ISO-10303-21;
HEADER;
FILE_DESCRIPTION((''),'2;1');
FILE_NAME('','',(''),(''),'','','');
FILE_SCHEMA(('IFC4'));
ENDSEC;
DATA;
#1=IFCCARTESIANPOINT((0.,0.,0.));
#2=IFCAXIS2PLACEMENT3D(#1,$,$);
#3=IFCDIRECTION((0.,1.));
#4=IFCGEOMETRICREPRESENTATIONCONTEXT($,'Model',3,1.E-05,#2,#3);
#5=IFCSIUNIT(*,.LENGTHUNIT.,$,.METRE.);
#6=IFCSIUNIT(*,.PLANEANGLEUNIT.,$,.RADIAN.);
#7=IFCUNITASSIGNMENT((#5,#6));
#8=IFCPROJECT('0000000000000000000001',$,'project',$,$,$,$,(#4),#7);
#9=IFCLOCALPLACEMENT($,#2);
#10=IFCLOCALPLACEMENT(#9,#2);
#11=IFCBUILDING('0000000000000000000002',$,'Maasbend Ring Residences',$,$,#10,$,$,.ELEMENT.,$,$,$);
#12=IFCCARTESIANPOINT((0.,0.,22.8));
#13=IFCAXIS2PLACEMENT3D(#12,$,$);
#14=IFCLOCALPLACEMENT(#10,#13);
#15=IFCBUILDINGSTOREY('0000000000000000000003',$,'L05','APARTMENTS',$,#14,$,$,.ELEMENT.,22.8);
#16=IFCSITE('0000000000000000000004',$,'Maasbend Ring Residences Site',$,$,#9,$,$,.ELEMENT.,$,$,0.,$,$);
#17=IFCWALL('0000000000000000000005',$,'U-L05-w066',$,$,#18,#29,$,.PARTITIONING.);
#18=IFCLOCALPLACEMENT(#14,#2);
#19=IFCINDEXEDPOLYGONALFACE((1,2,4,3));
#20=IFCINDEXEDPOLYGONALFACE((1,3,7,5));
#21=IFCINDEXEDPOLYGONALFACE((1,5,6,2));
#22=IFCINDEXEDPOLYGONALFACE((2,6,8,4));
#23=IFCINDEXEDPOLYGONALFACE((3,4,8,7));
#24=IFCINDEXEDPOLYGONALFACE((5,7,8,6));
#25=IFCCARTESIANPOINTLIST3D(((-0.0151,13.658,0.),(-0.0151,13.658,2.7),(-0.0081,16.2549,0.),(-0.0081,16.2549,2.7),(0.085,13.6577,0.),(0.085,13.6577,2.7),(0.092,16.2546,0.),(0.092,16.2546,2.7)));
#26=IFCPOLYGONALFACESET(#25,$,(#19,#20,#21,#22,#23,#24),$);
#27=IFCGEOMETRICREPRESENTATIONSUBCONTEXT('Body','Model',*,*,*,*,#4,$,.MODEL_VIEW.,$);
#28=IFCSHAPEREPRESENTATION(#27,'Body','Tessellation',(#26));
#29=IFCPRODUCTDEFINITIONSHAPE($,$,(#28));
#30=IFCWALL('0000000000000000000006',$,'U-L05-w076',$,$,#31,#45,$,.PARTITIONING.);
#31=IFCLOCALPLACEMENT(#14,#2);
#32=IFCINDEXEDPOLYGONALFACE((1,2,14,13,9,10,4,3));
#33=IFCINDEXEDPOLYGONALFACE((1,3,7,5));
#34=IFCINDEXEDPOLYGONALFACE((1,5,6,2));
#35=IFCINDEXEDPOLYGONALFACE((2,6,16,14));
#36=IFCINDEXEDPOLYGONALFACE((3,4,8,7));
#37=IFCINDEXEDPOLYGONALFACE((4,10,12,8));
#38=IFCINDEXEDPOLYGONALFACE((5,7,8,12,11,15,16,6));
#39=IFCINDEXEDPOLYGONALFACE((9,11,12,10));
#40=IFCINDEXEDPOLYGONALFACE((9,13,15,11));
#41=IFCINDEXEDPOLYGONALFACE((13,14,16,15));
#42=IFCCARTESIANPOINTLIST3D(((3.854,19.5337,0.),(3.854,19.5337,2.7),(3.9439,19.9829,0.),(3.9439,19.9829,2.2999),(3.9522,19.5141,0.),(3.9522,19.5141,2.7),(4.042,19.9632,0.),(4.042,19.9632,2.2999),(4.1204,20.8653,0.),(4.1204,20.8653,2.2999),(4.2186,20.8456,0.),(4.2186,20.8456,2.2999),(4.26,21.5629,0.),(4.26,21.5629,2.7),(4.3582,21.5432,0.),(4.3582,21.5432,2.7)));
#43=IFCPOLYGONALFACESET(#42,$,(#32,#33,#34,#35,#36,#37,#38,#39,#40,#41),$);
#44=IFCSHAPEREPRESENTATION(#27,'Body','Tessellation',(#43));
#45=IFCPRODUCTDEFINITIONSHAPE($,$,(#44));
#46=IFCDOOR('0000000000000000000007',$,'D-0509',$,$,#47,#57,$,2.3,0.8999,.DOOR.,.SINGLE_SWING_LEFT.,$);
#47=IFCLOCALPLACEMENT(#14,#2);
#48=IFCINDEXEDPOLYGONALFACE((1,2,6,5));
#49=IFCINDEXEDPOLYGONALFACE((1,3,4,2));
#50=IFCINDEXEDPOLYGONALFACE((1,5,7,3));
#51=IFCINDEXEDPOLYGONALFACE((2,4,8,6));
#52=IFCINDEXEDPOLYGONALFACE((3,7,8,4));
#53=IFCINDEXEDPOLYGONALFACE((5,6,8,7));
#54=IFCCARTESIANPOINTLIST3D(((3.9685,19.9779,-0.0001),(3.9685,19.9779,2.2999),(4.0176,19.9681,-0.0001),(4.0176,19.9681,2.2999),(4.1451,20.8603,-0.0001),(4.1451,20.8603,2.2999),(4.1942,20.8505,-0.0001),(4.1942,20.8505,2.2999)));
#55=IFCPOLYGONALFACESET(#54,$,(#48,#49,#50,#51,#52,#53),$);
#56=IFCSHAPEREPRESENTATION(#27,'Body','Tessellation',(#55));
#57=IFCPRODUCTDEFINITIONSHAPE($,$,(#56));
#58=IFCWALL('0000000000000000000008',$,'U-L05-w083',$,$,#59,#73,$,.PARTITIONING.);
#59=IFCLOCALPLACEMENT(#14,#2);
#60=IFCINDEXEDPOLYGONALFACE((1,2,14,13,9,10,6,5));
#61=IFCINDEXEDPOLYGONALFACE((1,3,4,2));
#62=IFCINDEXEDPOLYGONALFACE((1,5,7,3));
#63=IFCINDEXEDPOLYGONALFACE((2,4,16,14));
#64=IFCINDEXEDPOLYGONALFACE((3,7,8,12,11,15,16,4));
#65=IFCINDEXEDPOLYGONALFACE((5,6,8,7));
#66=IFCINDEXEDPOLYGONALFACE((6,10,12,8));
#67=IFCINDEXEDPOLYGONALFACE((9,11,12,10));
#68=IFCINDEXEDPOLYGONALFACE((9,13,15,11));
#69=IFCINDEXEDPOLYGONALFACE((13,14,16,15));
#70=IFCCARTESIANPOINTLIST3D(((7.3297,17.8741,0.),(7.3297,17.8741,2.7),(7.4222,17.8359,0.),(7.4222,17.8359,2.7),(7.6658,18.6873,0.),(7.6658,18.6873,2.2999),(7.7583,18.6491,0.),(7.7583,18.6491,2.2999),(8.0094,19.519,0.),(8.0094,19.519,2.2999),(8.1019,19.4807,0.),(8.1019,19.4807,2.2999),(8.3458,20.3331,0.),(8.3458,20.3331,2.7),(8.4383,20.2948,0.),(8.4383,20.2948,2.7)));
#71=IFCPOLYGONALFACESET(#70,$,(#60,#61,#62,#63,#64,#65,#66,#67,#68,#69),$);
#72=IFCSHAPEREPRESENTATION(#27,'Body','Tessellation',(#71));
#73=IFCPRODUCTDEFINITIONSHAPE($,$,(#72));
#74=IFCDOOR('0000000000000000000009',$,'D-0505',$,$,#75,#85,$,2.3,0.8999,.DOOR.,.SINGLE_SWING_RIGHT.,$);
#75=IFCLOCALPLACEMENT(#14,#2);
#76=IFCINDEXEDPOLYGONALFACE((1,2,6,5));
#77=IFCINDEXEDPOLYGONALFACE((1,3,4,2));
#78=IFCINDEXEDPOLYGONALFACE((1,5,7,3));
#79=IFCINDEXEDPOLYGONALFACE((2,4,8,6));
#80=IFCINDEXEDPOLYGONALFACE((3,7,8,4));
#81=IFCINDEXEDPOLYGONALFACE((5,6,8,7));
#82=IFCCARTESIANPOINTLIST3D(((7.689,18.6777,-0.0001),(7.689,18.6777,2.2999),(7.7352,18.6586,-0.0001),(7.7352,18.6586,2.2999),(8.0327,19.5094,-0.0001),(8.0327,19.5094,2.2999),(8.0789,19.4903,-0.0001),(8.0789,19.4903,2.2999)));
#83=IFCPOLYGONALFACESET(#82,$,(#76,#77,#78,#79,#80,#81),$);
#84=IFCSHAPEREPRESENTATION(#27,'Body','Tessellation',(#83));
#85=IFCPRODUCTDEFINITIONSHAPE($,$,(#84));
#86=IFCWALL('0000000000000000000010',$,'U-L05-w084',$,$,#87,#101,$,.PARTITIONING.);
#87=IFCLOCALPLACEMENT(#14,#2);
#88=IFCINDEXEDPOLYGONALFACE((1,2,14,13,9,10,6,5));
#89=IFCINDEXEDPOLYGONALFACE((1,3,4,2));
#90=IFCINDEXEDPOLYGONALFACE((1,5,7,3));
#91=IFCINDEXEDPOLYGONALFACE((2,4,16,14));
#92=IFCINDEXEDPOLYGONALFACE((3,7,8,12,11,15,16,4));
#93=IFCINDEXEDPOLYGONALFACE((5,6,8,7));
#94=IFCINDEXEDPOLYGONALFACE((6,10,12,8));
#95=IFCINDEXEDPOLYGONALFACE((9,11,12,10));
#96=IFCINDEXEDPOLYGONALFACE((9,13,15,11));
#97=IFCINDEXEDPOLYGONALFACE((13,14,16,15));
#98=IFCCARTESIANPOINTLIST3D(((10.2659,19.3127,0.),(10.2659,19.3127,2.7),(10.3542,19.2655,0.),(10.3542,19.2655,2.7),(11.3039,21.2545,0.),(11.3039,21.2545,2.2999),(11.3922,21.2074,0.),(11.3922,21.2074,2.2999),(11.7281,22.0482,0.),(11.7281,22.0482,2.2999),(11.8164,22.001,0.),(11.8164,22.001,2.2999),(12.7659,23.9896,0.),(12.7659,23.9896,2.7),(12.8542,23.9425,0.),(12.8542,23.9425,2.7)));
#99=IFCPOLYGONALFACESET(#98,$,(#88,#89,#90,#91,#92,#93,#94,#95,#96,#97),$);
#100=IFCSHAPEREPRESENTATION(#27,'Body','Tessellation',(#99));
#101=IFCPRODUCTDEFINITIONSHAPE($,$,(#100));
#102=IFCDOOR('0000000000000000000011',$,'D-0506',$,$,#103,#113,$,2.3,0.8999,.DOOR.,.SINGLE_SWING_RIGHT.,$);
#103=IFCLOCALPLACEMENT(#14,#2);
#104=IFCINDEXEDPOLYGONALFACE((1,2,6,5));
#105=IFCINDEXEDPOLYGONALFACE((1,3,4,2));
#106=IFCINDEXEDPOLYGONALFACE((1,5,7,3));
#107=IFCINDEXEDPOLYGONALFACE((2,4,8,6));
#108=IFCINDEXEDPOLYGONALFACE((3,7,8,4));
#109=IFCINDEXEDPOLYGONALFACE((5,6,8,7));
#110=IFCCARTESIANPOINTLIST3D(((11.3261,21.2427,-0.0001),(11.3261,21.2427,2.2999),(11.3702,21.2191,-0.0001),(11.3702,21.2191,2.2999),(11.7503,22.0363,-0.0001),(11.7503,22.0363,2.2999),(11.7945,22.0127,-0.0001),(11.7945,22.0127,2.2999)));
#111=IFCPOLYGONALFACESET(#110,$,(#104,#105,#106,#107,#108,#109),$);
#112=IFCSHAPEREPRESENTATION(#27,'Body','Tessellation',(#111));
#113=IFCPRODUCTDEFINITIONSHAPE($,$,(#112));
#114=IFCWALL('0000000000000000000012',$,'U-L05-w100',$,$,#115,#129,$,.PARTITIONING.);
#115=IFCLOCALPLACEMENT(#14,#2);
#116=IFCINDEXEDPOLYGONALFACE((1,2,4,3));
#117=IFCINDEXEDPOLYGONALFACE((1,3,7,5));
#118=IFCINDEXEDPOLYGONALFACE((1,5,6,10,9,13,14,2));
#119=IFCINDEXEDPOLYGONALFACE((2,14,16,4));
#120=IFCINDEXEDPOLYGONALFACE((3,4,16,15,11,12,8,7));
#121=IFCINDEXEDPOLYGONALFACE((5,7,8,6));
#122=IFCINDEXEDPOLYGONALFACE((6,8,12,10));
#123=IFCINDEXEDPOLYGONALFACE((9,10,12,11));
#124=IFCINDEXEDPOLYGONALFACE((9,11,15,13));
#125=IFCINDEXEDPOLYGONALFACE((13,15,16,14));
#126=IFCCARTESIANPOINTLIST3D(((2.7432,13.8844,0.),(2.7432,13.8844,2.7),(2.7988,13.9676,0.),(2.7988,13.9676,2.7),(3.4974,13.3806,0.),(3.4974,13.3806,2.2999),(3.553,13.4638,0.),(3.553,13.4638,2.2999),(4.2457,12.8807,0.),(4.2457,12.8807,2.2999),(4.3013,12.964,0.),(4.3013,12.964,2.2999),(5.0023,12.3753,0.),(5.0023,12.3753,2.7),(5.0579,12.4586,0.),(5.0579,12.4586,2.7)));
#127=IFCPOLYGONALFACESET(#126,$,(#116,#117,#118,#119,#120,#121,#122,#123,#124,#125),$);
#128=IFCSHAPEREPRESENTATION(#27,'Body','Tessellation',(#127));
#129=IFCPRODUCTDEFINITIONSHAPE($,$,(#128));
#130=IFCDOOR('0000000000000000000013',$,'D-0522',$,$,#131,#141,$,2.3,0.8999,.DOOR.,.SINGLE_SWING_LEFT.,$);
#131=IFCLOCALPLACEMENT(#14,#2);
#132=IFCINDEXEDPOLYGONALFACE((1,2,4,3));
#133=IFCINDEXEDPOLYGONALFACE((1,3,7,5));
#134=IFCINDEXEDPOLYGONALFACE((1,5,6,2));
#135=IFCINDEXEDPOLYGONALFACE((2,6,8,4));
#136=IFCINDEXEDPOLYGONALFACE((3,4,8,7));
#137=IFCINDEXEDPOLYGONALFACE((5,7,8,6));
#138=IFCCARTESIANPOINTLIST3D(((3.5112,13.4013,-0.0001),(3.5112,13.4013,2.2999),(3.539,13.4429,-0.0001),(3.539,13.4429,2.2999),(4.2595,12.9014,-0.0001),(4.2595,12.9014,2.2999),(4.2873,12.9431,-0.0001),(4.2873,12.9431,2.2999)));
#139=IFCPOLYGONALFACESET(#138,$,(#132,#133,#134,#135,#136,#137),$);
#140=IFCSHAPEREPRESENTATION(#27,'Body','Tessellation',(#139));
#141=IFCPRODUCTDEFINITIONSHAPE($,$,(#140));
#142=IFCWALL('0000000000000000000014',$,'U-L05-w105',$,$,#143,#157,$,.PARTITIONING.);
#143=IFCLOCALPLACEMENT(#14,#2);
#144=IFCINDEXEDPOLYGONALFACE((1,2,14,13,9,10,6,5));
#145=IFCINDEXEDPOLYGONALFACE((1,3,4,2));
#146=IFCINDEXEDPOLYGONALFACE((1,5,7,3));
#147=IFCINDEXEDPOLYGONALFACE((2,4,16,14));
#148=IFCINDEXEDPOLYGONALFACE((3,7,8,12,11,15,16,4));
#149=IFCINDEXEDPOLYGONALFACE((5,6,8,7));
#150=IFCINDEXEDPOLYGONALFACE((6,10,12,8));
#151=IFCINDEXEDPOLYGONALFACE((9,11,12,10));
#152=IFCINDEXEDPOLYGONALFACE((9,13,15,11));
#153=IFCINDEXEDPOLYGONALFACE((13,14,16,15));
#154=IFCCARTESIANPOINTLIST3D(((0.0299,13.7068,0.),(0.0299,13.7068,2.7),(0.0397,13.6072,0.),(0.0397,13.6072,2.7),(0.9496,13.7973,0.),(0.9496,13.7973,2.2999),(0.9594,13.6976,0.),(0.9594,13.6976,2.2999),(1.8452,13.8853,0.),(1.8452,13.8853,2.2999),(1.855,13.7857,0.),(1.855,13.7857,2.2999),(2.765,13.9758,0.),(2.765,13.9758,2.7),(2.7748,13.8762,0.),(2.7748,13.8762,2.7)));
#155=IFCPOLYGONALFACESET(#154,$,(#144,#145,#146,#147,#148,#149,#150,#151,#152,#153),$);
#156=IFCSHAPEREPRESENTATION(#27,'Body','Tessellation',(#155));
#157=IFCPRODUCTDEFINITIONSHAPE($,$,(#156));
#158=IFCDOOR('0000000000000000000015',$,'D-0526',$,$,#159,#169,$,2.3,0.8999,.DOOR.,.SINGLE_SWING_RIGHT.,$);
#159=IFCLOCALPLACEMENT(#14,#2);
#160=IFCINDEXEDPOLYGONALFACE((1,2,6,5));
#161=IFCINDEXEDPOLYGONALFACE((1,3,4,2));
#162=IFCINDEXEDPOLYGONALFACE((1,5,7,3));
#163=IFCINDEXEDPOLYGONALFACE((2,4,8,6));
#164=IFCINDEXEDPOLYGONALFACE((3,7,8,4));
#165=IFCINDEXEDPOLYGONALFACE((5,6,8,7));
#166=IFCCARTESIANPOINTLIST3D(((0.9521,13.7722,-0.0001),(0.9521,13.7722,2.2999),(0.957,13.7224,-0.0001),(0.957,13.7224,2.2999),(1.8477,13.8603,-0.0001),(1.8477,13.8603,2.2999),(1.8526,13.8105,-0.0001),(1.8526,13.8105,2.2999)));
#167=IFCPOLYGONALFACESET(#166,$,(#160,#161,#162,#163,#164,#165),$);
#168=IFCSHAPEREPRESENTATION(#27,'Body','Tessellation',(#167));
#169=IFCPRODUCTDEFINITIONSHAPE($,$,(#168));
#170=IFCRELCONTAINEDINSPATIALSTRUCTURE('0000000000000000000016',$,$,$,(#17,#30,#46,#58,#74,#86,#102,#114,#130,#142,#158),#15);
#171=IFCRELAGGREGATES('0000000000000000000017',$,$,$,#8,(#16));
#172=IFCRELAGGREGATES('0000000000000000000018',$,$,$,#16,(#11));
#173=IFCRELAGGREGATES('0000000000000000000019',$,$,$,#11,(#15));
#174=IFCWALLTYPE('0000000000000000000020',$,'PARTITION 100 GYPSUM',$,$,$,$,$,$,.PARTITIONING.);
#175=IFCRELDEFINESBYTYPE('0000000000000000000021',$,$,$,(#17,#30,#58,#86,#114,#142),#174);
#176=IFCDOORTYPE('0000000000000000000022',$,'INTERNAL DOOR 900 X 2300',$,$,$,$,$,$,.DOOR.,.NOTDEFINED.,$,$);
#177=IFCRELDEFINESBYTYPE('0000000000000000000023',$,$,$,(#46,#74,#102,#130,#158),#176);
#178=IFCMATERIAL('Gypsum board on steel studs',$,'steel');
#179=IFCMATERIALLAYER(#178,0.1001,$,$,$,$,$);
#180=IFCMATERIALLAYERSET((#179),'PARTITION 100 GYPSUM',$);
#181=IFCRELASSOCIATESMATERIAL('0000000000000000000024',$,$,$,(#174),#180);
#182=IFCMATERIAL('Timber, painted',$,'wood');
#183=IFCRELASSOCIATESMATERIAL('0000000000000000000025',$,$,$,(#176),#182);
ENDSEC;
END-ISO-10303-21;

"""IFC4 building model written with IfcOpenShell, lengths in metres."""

from ifc_helpers import new_model, si_unit, direction, frame, frame_2d, origin, place, context, subcontext, project, spatial, rectangle, extrude, material, layer, layer_set, type_object, element, fill, save


model = new_model("IFC4")

# Units and contexts
model_context = context("Model", 3, precision=1e-05, world=origin(), true_north=direction((0.0, 1.0)))
body_context = subcontext(model_context, "Body", "Model", "MODEL_VIEW")
ifc_project = project(units=[si_unit("LENGTHUNIT", "METRE"), si_unit("PLANEANGLEUNIT", "RADIAN")], contexts=[model_context])

# Site, building, storey
site_placement = place(None, origin())
site = spatial("IfcSite", under=ifc_project, at=site_placement, Name="Maasbend Ring Residences Site", CompositionType="ELEMENT", RefElevation=0.0)
building_placement = place(site_placement, origin())
building = spatial("IfcBuilding", under=site, at=building_placement, Name="Maasbend Ring Residences", CompositionType="ELEMENT")
storey_placement = place(building_placement, frame((0.0, 0.0, 22.8)))
storey = spatial("IfcBuildingStorey", under=building, at=storey_placement, Name="L05", Description="APARTMENTS", CompositionType="ELEMENT", Elevation=22.8)

# Wall
ifc_material_1 = material(Name="Gypsum board on steel studs", Category="steel")
ifc_layer_1 = layer(ifc_material_1, 0.1001)
ifc_layer_set_1 = layer_set([ifc_layer_1], Name="PARTITION 100 GYPSUM")
wall_type_1 = type_object("IfcWallType", Name="PARTITION 100 GYPSUM", PredefinedType="PARTITIONING", material=ifc_layer_set_1)
wall_1_placement = place(storey_placement, frame((0.0349, 13.658, 0.0), z_axis=(0.0, 0.0, 1.0), x_axis=(0.002726, 0.999996, 0.0)))
element("IfcWall", 1, at=wall_1_placement, inside=storey, type_object=wall_type_1, Name="U-L05-w066", PredefinedType="PARTITIONING", context=body_context, shape_type="SweptSolid", body=[
    extrude(rectangle(XDim=2.5969, YDim=0.1001, at=frame_2d((1.2983, 0.0))), origin(), (0.0, 0.0, 1.0), 2.7),
])

# Walls, openings, doors
wall_2_placement = place(storey_placement, frame((3.9031, 19.5239, 0.0), z_axis=(0.0, 0.0, 1.0), x_axis=(0.196207, 0.980563, 0.0)))
wall_2 = element("IfcWall", 2, at=wall_2_placement, inside=storey, type_object=wall_type_1, Name="U-L05-w076", PredefinedType="PARTITIONING", context=body_context, shape_type="SweptSolid", body=[
    extrude(rectangle(XDim=2.0693, YDim=0.1001, at=frame_2d((1.0347, 0.0))), origin(), (0.0, 0.0, 1.0), 2.7),
])
opening_1_placement = place(wall_2_placement, frame((0.458, 0.0, 0.0)))
opening_1 = element("IfcOpeningElement", 3, at=opening_1_placement, cuts=wall_2, PredefinedType="OPENING", context=body_context, shape_type="SweptSolid", body=[
    extrude(rectangle(XDim=0.8999, YDim=2.3, at=frame_2d((0.45, 1.1499))), frame((0.0, 0.0601, 0.0), z_axis=(0.0, -1.0, 0.0), x_axis=(1.0, 0.0, 0.0)), (0.0, 0.0, 1.0), 0.1201),
])
ifc_material_2 = material(Name="Timber, painted", Category="wood")
door_type_1 = type_object("IfcDoorType", Name="INTERNAL DOOR 900 X 2300", OperationType="NOTDEFINED", PredefinedType="DOOR", material=ifc_material_2)
door_1_placement = place(opening_1_placement, origin())
door_1 = element("IfcDoor", 4, at=door_1_placement, inside=storey, type_object=door_type_1, Name="D-0509", OperationType="SINGLE_SWING_LEFT", OverallHeight=2.3, OverallWidth=0.8999, PredefinedType="DOOR", context=body_context, shape_type="SweptSolid", body=[
    extrude(rectangle(XDim=0.8999, YDim=2.3, at=frame_2d((0.45, 1.1499))), frame((0.0, 0.0249, 0.0), z_axis=(0.0, -1.0, 0.0), x_axis=(1.0, 0.0, 0.0)), (0.0, 0.0, 1.0), 0.05),
])
fill(opening_1, door_1)
wall_3_placement = place(storey_placement, frame((7.376, 17.855, 0.0), z_axis=(0.0, 0.0, 1.0), x_axis=(0.381903, 0.924202, 0.0)))
wall_3 = element("IfcWall", 5, at=wall_3_placement, inside=storey, type_object=wall_type_1, Name="U-L05-w083", PredefinedType="PARTITIONING", context=body_context, shape_type="SweptSolid", body=[
    extrude(rectangle(XDim=2.6606, YDim=0.1001, at=frame_2d((1.3303, 0.0))), origin(), (0.0, 0.0, 1.0), 2.7),
])
opening_2_placement = place(wall_3_placement, frame((0.8799, 0.0, 0.0)))
opening_2 = element("IfcOpeningElement", 6, at=opening_2_placement, cuts=wall_3, PredefinedType="OPENING", context=body_context, shape_type="SweptSolid", body=[
    extrude(rectangle(XDim=0.8999, YDim=2.3, at=frame_2d((0.45, 1.1499))), frame((0.0, 0.0601, 0.0), z_axis=(0.0, -1.0, 0.0), x_axis=(1.0, 0.0, 0.0)), (0.0, 0.0, 1.0), 0.1201),
])
door_2_placement = place(opening_2_placement, origin())
door_2 = element("IfcDoor", 7, at=door_2_placement, inside=storey, type_object=door_type_1, Name="D-0505", OperationType="SINGLE_SWING_RIGHT", OverallHeight=2.3, OverallWidth=0.8999, PredefinedType="DOOR", context=body_context, shape_type="SweptSolid", body=[
    extrude(rectangle(XDim=0.8999, YDim=2.3, at=frame_2d((0.45, 1.1499))), frame((0.0, 0.0249, 0.0), z_axis=(0.0, -1.0, 0.0), x_axis=(1.0, 0.0, 0.0)), (0.0, 0.0, 1.0), 0.05),
])
fill(opening_2, door_2)
wall_4_placement = place(storey_placement, frame((10.3101, 19.2891, 0.0), z_axis=(0.0, 0.0, 1.0), x_axis=(0.47141, 0.881914, 0.0)))
wall_4 = element("IfcWall", 8, at=wall_4_placement, inside=storey, type_object=wall_type_1, Name="U-L05-w084", PredefinedType="PARTITIONING", context=body_context, shape_type="SweptSolid", body=[
    extrude(rectangle(XDim=5.3032, YDim=0.1001, at=frame_2d((2.6516, 0.0))), origin(), (0.0, 0.0, 1.0), 2.7),
])
opening_3_placement = place(wall_4_placement, frame((2.2019, 0.0, 0.0)))
opening_3 = element("IfcOpeningElement", 9, at=opening_3_placement, cuts=wall_4, PredefinedType="OPENING", context=body_context, shape_type="SweptSolid", body=[
    extrude(rectangle(XDim=0.8999, YDim=2.3, at=frame_2d((0.45, 1.1499))), frame((0.0, 0.0601, 0.0), z_axis=(0.0, -1.0, 0.0), x_axis=(1.0, 0.0, 0.0)), (0.0, 0.0, 1.0), 0.1201),
])
door_3_placement = place(opening_3_placement, origin())
door_3 = element("IfcDoor", 10, at=door_3_placement, inside=storey, type_object=door_type_1, Name="D-0506", OperationType="SINGLE_SWING_RIGHT", OverallHeight=2.3, OverallWidth=0.8999, PredefinedType="DOOR", context=body_context, shape_type="SweptSolid", body=[
    extrude(rectangle(XDim=0.8999, YDim=2.3, at=frame_2d((0.45, 1.1499))), frame((0.0, 0.0249, 0.0), z_axis=(0.0, -1.0, 0.0), x_axis=(1.0, 0.0, 0.0)), (0.0, 0.0, 1.0), 0.05),
])
fill(opening_3, door_3)
wall_5_placement = place(storey_placement, frame((2.771, 13.926, 0.0), z_axis=(0.0, 0.0, 1.0), x_axis=(0.831538, -0.555467, 0.0)))
wall_5 = element("IfcWall", 11, at=wall_5_placement, inside=storey, type_object=wall_type_1, Name="U-L05-w100", PredefinedType="PARTITIONING", context=body_context, shape_type="SweptSolid", body=[
    extrude(rectangle(XDim=2.7168, YDim=0.1001, at=frame_2d((1.3584, 0.0))), origin(), (0.0, 0.0, 1.0), 2.7),
])
opening_4_placement = place(wall_5_placement, frame((0.907, 0.0, 0.0)))
opening_4 = element("IfcOpeningElement", 12, at=opening_4_placement, cuts=wall_5, PredefinedType="OPENING", context=body_context, shape_type="SweptSolid", body=[
    extrude(rectangle(XDim=0.8999, YDim=2.3, at=frame_2d((0.45, 1.1499))), frame((0.0, 0.0601, 0.0), z_axis=(0.0, -1.0, 0.0), x_axis=(1.0, 0.0, 0.0)), (0.0, 0.0, 1.0), 0.1201),
])
door_4_placement = place(opening_4_placement, origin())
door_4 = element("IfcDoor", 13, at=door_4_placement, inside=storey, type_object=door_type_1, Name="D-0522", OperationType="SINGLE_SWING_LEFT", OverallHeight=2.3, OverallWidth=0.8999, PredefinedType="DOOR", context=body_context, shape_type="SweptSolid", body=[
    extrude(rectangle(XDim=0.8999, YDim=2.3, at=frame_2d((0.45, 1.1499))), frame((0.0, 0.0249, 0.0), z_axis=(0.0, -1.0, 0.0), x_axis=(1.0, 0.0, 0.0)), (0.0, 0.0, 1.0), 0.05),
])
fill(opening_4, door_4)
wall_6_placement = place(storey_placement, frame((0.0349, 13.657, 0.0), z_axis=(0.0, 0.0, 1.0), x_axis=(0.995197, 0.097894, 0.0)))
wall_6 = element("IfcWall", 14, at=wall_6_placement, inside=storey, type_object=wall_type_1, Name="U-L05-w105", PredefinedType="PARTITIONING", context=body_context, shape_type="SweptSolid", body=[
    extrude(rectangle(XDim=2.7483, YDim=0.1001, at=frame_2d((1.374, 0.0))), origin(), (0.0, 0.0, 1.0), 2.7),
])
opening_5_placement = place(wall_6_placement, frame((0.9241, 0.0, 0.0)))
opening_5 = element("IfcOpeningElement", 15, at=opening_5_placement, cuts=wall_6, PredefinedType="OPENING", context=body_context, shape_type="SweptSolid", body=[
    extrude(rectangle(XDim=0.8999, YDim=2.3, at=frame_2d((0.45, 1.1499))), frame((0.0, 0.0601, 0.0), z_axis=(0.0, -1.0, 0.0), x_axis=(1.0, 0.0, 0.0)), (0.0, 0.0, 1.0), 0.1201),
])
door_5_placement = place(opening_5_placement, origin())
door_5 = element("IfcDoor", 16, at=door_5_placement, inside=storey, type_object=door_type_1, Name="D-0526", OperationType="SINGLE_SWING_RIGHT", OverallHeight=2.3, OverallWidth=0.8999, PredefinedType="DOOR", context=body_context, shape_type="SweptSolid", body=[
    extrude(rectangle(XDim=0.8999, YDim=2.3, at=frame_2d((0.45, 1.1499))), frame((0.0, 0.0249, 0.0), z_axis=(0.0, -1.0, 0.0), x_axis=(1.0, 0.0, 0.0)), (0.0, 0.0, 1.0), 0.05),
])
fill(opening_5, door_5)

save(model, "model.ifc")
